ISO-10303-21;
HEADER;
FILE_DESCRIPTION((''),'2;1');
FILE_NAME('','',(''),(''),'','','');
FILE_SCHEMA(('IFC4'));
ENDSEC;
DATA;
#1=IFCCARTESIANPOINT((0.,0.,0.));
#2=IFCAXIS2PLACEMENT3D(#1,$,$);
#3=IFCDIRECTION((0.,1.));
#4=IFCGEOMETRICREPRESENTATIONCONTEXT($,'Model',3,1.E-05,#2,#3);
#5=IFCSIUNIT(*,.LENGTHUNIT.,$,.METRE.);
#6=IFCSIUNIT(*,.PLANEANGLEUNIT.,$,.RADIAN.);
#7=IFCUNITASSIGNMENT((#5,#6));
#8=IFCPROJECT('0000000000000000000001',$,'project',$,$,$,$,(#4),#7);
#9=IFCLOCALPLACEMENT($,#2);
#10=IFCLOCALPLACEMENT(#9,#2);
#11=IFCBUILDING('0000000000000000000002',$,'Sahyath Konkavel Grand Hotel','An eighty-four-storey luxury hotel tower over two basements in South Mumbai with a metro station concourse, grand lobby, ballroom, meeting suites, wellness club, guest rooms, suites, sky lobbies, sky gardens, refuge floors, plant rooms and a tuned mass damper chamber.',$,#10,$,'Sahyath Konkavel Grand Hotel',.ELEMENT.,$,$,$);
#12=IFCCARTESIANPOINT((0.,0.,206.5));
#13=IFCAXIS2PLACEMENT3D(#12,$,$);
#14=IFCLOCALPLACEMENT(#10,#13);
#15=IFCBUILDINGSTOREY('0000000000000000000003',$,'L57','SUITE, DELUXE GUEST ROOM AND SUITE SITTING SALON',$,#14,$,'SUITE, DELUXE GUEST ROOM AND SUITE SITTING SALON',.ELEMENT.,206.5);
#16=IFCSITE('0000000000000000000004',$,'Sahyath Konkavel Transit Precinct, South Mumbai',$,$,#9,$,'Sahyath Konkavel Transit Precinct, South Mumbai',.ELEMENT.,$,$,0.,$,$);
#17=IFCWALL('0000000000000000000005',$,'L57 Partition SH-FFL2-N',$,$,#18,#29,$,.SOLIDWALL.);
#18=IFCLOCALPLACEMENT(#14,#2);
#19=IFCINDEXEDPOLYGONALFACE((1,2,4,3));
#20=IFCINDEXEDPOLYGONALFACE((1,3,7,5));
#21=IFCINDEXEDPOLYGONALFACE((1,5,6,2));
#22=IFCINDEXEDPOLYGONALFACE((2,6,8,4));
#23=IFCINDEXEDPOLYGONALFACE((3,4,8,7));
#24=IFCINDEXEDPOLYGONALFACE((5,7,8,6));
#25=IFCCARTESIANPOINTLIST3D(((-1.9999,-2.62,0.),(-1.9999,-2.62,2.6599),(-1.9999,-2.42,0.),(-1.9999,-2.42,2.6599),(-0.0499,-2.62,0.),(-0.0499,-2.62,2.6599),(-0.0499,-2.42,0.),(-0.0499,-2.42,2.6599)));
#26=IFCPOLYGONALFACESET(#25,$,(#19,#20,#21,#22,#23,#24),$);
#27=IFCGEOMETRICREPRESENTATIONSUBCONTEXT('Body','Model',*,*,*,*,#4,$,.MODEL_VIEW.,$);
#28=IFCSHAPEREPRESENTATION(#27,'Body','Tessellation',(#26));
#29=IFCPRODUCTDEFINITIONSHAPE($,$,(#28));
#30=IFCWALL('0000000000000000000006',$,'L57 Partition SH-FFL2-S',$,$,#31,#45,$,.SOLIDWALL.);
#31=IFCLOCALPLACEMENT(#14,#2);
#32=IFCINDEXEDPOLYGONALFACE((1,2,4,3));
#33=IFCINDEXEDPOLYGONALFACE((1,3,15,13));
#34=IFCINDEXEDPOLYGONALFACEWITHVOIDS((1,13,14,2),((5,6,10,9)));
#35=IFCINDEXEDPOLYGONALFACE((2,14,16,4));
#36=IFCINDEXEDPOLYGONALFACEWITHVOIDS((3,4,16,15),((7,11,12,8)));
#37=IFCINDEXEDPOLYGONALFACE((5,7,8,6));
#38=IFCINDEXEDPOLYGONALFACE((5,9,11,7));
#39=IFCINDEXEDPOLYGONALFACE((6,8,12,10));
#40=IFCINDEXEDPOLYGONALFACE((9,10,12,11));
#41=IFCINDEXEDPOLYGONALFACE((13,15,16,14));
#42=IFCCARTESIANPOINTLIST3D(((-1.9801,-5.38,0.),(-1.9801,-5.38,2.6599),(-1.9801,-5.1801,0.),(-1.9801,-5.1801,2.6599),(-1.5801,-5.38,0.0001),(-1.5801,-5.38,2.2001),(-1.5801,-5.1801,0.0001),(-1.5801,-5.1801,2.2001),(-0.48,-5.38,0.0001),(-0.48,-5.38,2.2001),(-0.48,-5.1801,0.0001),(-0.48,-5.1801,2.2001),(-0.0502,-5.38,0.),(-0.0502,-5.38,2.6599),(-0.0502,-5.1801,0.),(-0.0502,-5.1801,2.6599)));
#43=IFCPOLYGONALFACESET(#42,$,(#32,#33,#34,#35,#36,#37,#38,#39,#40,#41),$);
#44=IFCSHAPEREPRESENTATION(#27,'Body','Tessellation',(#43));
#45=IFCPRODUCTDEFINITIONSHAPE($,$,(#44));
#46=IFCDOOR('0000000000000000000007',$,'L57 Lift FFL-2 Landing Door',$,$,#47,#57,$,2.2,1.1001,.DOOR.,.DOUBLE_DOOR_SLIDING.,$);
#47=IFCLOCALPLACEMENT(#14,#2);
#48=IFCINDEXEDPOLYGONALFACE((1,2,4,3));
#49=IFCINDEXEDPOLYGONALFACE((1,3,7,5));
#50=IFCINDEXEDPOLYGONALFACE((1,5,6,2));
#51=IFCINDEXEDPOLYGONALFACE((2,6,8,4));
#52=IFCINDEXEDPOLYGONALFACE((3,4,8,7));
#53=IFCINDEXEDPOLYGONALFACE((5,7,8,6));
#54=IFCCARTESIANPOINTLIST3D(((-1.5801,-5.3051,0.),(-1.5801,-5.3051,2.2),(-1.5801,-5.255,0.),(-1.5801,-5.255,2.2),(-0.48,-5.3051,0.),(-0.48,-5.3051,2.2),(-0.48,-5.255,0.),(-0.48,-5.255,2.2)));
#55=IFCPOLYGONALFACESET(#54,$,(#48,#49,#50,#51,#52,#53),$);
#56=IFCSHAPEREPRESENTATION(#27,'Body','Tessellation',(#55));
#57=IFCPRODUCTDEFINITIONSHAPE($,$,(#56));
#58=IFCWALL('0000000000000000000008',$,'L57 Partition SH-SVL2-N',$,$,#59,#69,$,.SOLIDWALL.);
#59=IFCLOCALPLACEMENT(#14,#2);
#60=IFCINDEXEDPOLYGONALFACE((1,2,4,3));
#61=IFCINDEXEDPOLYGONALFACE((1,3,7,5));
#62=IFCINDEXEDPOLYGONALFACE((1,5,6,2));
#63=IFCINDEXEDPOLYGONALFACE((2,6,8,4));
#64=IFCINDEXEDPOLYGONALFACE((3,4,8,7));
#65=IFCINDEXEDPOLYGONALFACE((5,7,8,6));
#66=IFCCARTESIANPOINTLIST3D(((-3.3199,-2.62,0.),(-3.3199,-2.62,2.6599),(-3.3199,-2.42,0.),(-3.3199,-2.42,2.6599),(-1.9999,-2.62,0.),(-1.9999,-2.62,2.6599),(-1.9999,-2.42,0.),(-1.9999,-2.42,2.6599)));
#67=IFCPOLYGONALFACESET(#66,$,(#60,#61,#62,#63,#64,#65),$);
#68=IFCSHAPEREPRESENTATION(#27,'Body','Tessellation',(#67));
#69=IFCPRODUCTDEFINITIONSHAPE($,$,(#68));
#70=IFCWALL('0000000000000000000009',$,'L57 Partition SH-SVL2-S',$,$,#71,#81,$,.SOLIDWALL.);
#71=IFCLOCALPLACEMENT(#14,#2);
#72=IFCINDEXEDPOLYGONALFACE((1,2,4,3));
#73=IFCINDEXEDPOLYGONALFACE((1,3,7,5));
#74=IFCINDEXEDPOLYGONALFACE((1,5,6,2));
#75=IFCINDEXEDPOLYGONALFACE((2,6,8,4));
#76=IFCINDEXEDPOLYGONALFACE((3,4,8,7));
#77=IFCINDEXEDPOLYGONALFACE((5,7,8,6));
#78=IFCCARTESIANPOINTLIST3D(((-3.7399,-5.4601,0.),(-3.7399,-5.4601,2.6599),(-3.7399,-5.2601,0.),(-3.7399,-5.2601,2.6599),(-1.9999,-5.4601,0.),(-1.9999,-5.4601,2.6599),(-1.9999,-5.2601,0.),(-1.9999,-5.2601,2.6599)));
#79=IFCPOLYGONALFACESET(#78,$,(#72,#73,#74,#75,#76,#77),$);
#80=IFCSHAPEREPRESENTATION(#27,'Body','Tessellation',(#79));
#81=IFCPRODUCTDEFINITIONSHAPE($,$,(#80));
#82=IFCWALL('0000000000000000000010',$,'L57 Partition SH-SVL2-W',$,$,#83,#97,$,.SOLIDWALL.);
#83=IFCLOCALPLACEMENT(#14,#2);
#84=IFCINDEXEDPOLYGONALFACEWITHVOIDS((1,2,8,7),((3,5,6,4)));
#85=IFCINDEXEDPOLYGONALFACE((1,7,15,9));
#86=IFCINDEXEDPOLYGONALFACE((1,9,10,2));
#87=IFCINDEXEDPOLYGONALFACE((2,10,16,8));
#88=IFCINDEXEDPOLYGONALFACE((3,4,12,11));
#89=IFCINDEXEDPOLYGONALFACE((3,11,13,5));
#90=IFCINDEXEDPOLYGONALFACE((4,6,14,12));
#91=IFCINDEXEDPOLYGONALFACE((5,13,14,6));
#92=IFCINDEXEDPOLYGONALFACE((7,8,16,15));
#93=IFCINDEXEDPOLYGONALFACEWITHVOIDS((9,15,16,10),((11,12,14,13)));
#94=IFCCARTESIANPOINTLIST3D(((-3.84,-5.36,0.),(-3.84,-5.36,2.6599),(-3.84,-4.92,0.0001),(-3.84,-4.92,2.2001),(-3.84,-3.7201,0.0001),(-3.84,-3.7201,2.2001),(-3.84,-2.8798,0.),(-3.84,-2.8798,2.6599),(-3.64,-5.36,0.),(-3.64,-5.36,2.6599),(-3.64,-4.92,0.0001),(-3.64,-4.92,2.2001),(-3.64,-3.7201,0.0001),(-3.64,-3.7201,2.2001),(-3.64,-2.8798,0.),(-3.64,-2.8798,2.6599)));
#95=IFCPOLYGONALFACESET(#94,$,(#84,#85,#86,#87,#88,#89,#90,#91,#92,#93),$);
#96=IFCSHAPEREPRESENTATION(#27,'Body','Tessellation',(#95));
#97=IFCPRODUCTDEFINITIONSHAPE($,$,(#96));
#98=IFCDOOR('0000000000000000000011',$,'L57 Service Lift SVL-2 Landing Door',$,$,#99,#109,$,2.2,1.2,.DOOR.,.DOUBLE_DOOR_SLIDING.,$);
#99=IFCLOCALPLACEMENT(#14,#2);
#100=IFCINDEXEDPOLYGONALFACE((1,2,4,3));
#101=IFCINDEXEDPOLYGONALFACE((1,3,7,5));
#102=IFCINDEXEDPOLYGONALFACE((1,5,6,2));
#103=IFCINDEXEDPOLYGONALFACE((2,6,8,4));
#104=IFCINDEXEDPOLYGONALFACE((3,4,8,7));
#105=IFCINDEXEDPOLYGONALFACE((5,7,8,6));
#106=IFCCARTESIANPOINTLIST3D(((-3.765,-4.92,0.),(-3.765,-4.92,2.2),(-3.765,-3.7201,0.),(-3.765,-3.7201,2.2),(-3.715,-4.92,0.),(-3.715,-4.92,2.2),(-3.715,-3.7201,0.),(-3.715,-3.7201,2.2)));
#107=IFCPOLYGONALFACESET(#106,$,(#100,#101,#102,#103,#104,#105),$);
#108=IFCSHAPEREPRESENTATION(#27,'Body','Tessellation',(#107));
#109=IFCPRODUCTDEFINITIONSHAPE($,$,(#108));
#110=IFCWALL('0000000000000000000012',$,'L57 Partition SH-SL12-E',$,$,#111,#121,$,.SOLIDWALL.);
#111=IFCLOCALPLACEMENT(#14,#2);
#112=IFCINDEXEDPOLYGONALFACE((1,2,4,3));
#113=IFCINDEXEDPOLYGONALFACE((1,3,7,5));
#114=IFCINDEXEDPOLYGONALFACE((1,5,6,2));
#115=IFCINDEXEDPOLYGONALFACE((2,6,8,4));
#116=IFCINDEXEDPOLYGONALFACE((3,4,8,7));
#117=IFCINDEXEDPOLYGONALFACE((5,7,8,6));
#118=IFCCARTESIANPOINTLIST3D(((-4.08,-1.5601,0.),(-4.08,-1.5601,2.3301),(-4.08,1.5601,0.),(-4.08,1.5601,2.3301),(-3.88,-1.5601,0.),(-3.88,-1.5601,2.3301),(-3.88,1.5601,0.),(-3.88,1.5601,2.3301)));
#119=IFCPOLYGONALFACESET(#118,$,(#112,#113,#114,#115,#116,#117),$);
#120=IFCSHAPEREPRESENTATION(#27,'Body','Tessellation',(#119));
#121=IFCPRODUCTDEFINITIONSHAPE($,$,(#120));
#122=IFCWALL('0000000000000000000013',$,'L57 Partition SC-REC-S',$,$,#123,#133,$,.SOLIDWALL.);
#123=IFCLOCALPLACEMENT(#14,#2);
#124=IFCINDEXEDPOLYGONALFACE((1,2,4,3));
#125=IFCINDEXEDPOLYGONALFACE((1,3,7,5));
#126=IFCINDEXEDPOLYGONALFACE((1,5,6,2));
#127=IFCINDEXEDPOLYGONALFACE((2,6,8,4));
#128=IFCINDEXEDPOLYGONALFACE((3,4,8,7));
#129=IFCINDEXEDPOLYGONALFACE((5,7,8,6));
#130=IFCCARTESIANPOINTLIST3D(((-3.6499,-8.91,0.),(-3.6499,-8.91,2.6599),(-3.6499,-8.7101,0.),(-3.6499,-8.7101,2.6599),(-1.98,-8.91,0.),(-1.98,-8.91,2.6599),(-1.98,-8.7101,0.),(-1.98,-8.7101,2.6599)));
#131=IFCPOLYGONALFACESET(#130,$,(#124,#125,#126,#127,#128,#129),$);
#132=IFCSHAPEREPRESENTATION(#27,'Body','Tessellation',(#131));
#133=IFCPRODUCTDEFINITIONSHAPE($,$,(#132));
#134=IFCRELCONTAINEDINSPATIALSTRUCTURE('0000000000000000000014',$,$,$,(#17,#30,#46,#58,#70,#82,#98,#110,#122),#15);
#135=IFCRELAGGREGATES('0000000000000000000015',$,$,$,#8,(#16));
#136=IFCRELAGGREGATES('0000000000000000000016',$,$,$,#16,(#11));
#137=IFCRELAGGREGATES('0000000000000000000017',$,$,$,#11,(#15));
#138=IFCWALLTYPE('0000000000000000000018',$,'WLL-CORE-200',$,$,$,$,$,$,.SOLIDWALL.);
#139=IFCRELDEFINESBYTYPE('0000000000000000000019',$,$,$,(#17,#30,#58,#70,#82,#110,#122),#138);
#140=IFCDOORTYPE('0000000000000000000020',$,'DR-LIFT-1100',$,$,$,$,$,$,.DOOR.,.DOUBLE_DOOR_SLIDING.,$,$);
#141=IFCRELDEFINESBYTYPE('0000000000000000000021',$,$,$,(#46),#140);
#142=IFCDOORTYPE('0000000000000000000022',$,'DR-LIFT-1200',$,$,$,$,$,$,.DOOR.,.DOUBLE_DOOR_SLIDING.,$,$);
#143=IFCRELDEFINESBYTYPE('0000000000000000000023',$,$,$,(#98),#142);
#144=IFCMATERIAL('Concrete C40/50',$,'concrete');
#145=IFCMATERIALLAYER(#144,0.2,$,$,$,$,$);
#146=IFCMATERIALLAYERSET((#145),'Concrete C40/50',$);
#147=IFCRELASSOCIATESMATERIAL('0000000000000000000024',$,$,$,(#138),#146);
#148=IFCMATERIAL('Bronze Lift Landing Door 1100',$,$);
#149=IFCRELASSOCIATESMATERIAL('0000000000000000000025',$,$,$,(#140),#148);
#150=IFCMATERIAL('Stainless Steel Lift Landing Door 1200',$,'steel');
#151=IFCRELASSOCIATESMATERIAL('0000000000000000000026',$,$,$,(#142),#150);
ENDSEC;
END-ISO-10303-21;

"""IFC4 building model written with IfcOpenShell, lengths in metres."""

from ifc_helpers import new_model, si_unit, direction, frame, frame_2d, origin, origin_2d, place, context, subcontext, project, spatial, rectangle, extrude, source, transform, mapped, material, layer, layer_set, type_object, element, fill, save


model = new_model("IFC4")

# Units and contexts
model_context = context("Model", 3, precision=1e-05, world=origin(), true_north=direction((0.0, 1.0)))
body_context = subcontext(model_context, "Body", "Model", "MODEL_VIEW")
ifc_project = project(units=[si_unit("LENGTHUNIT", "METRE"), si_unit("PLANEANGLEUNIT", "RADIAN")], contexts=[model_context])

# Site, building, storey
site_placement = place(None, origin())
site = spatial("IfcSite", under=ifc_project, at=site_placement, Name="Sahyath Konkavel Transit Precinct, South Mumbai", LongName="Sahyath Konkavel Transit Precinct, South Mumbai", CompositionType="ELEMENT", RefElevation=0.0)
building_placement = place(site_placement, origin())
building = spatial("IfcBuilding", under=site, at=building_placement, Name="Sahyath Konkavel Grand Hotel", Description="An eighty-four-storey luxury hotel tower over two basements in South Mumbai with a metro station concourse, grand lobby, ballroom, meeting suites, wellness club, guest rooms, suites, sky lobbies, sky gardens, refuge floors, plant rooms and a tuned mass damper chamber.", LongName="Sahyath Konkavel Grand Hotel", CompositionType="ELEMENT")
storey_placement = place(building_placement, frame((0.0, 0.0, 206.5)))
storey = spatial("IfcBuildingStorey", under=building, at=storey_placement, Name="L57", Description="SUITE, DELUXE GUEST ROOM AND SUITE SITTING SALON", LongName="SUITE, DELUXE GUEST ROOM AND SUITE SITTING SALON", CompositionType="ELEMENT", Elevation=206.5)

# Shared definitions
ifc_material_1 = material(Name="Concrete C40/50", Category="concrete")

# Shared definitions
ifc_layer_1 = layer(ifc_material_1, 0.2)
ifc_layer_set_1 = layer_set([ifc_layer_1], Name="Concrete C40/50")
wall_type_1 = type_object("IfcWallType", Name="WLL-CORE-200", PredefinedType="SOLIDWALL", material=ifc_layer_set_1)

# Wall
wall_1_placement = place(storey_placement, frame((-2.0, -2.52, 0.0), z_axis=(0.0, 0.0, 1.0), x_axis=(1.0, 0.0, 0.0)))
element("IfcWall", 1, at=wall_1_placement, inside=storey, type_object=wall_type_1, Name="L57 Partition SH-FFL2-N", PredefinedType="SOLIDWALL", context=body_context, shape_type="SweptSolid", body=[
    extrude(rectangle(XDim=1.95, YDim=0.2, at=frame_2d((0.9751, 0.0))), origin(), (0.0, 0.0, 1.0), 2.6599),
])

# Wall, opening, door
wall_2_placement = place(storey_placement, frame((-1.98, -5.28, 0.0), z_axis=(0.0, 0.0, 1.0), x_axis=(1.0, 0.0, 0.0)))
wall_2 = element("IfcWall", 2, at=wall_2_placement, inside=storey, type_object=wall_type_1, Name="L57 Partition SH-FFL2-S", PredefinedType="SOLIDWALL", context=body_context, shape_type="SweptSolid", body=[
    extrude(rectangle(XDim=1.9299, YDim=0.2, at=frame_2d((0.9648, 0.0))), origin(), (0.0, 0.0, 1.0), 2.6599),
])
opening_1_placement = place(wall_2_placement, frame((0.3999, 0.0, 0.0)))
opening_1 = element("IfcOpeningElement", 3, at=opening_1_placement, cuts=wall_2, PredefinedType="OPENING", context=body_context, shape_type="SweptSolid", body=[
    extrude(rectangle(XDim=1.1001, YDim=2.2, at=frame_2d((0.55, 1.1001))), frame((0.0, 0.1099, 0.0), z_axis=(0.0, -1.0, 0.0), x_axis=(1.0, 0.0, 0.0)), (0.0, 0.0, 1.0), 0.22),
])
ifc_material_2 = material(Name="Bronze Lift Landing Door 1100")
door_type_1 = type_object("IfcDoorType", Name="DR-LIFT-1100", OperationType="DOUBLE_DOOR_SLIDING", PredefinedType="DOOR", material=ifc_material_2)
shared_shape_1 = source(origin(), body_context, "Body", "SweptSolid", [
    extrude(rectangle(XDim=1.1001, YDim=0.05, at=origin_2d()), origin(), (0.0, 0.0, 1.0), 2.2),
])
door_1_placement = place(opening_1_placement, frame((0.55, 0.0, 0.0)))
door_1 = element("IfcDoor", 4, at=door_1_placement, inside=storey, type_object=door_type_1, Name="L57 Lift FFL-2 Landing Door", OperationType="DOUBLE_DOOR_SLIDING", OverallHeight=2.2, OverallWidth=1.1001, PredefinedType="DOOR", context=body_context, shape_type="MappedRepresentation", body=[
    mapped(shared_shape_1, transform((0.0, 0.0, 0.0), scale=1.0)),
])
fill(opening_1, door_1)

# Walls
wall_3_placement = place(storey_placement, frame((-3.3201, -2.52, 0.0), z_axis=(0.0, 0.0, 1.0), x_axis=(1.0, 0.0, 0.0)))
element("IfcWall", 5, at=wall_3_placement, inside=storey, type_object=wall_type_1, Name="L57 Partition SH-SVL2-N", PredefinedType="SOLIDWALL", context=body_context, shape_type="SweptSolid", body=[
    extrude(rectangle(XDim=1.3201, YDim=0.2, at=frame_2d((0.6602, 0.0))), origin(), (0.0, 0.0, 1.0), 2.6599),
])
wall_4_placement = place(storey_placement, frame((-3.74, -5.3601, 0.0), z_axis=(0.0, 0.0, 1.0), x_axis=(1.0, 0.0, 0.0)))
element("IfcWall", 6, at=wall_4_placement, inside=storey, type_object=wall_type_1, Name="L57 Partition SH-SVL2-S", PredefinedType="SOLIDWALL", context=body_context, shape_type="SweptSolid", body=[
    extrude(rectangle(XDim=1.74, YDim=0.2, at=frame_2d((0.8701, 0.0))), origin(), (0.0, 0.0, 1.0), 2.6599),
])

# Wall, opening, door
wall_5_placement = place(storey_placement, frame((-3.74, -5.3601, 0.0), z_axis=(0.0, 0.0, 1.0), x_axis=(0.0, 1.0, 0.0)))
wall_5 = element("IfcWall", 7, at=wall_5_placement, inside=storey, type_object=wall_type_1, Name="L57 Partition SH-SVL2-W", PredefinedType="SOLIDWALL", context=body_context, shape_type="SweptSolid", body=[
    extrude(rectangle(XDim=2.4802, YDim=0.2, at=frame_2d((1.2402, 0.0))), origin(), (0.0, 0.0, 1.0), 2.6599),
])
opening_2_placement = place(wall_5_placement, frame((0.4399, 0.0, 0.0)))
opening_2 = element("IfcOpeningElement", 8, at=opening_2_placement, cuts=wall_5, PredefinedType="OPENING", context=body_context, shape_type="SweptSolid", body=[
    extrude(rectangle(XDim=1.2, YDim=2.2, at=frame_2d((0.6001, 1.1001))), frame((0.0, 0.1099, 0.0), z_axis=(0.0, -1.0, 0.0), x_axis=(1.0, 0.0, 0.0)), (0.0, 0.0, 1.0), 0.22),
])
ifc_material_3 = material(Name="Stainless Steel Lift Landing Door 1200", Category="steel")
door_type_2 = type_object("IfcDoorType", Name="DR-LIFT-1200", OperationType="DOUBLE_DOOR_SLIDING", PredefinedType="DOOR", material=ifc_material_3)
shared_shape_2 = source(origin(), body_context, "Body", "SweptSolid", [
    extrude(rectangle(XDim=1.2, YDim=0.05, at=origin_2d()), origin(), (0.0, 0.0, 1.0), 2.2),
])
door_2_placement = place(opening_2_placement, frame((0.6001, 0.0, 0.0)))
door_2 = element("IfcDoor", 9, at=door_2_placement, inside=storey, type_object=door_type_2, Name="L57 Service Lift SVL-2 Landing Door", OperationType="DOUBLE_DOOR_SLIDING", OverallHeight=2.2, OverallWidth=1.2, PredefinedType="DOOR", context=body_context, shape_type="MappedRepresentation", body=[
    mapped(shared_shape_2, transform((0.0, 0.0, 0.0), scale=1.0)),
])
fill(opening_2, door_2)

# Wall
wall_6_placement = place(storey_placement, frame((-3.98, -1.5601, 0.0), z_axis=(0.0, 0.0, 1.0), x_axis=(0.0, 1.0, 0.0)))
element("IfcWall", 10, at=wall_6_placement, inside=storey, type_object=wall_type_1, Name="L57 Partition SH-SL12-E", PredefinedType="SOLIDWALL", context=body_context, shape_type="SweptSolid", body=[
    extrude(rectangle(XDim=3.1201, YDim=0.2, at=frame_2d((1.5601, 0.0))), origin(), (0.0, 0.0, 1.0), 2.3301),
])

# Wall
wall_7_placement = place(storey_placement, frame((-3.6499, -8.8101, 0.0), z_axis=(0.0, 0.0, 1.0), x_axis=(1.0, 0.0, 0.0)))
element("IfcWall", 11, at=wall_7_placement, inside=storey, type_object=wall_type_1, Name="L57 Partition SC-REC-S", PredefinedType="SOLIDWALL", context=body_context, shape_type="SweptSolid", body=[
    extrude(rectangle(XDim=1.6699, YDim=0.2, at=frame_2d((0.835, 0.0))), origin(), (0.0, 0.0, 1.0), 2.6599),
])

save(model, "model.ifc")
